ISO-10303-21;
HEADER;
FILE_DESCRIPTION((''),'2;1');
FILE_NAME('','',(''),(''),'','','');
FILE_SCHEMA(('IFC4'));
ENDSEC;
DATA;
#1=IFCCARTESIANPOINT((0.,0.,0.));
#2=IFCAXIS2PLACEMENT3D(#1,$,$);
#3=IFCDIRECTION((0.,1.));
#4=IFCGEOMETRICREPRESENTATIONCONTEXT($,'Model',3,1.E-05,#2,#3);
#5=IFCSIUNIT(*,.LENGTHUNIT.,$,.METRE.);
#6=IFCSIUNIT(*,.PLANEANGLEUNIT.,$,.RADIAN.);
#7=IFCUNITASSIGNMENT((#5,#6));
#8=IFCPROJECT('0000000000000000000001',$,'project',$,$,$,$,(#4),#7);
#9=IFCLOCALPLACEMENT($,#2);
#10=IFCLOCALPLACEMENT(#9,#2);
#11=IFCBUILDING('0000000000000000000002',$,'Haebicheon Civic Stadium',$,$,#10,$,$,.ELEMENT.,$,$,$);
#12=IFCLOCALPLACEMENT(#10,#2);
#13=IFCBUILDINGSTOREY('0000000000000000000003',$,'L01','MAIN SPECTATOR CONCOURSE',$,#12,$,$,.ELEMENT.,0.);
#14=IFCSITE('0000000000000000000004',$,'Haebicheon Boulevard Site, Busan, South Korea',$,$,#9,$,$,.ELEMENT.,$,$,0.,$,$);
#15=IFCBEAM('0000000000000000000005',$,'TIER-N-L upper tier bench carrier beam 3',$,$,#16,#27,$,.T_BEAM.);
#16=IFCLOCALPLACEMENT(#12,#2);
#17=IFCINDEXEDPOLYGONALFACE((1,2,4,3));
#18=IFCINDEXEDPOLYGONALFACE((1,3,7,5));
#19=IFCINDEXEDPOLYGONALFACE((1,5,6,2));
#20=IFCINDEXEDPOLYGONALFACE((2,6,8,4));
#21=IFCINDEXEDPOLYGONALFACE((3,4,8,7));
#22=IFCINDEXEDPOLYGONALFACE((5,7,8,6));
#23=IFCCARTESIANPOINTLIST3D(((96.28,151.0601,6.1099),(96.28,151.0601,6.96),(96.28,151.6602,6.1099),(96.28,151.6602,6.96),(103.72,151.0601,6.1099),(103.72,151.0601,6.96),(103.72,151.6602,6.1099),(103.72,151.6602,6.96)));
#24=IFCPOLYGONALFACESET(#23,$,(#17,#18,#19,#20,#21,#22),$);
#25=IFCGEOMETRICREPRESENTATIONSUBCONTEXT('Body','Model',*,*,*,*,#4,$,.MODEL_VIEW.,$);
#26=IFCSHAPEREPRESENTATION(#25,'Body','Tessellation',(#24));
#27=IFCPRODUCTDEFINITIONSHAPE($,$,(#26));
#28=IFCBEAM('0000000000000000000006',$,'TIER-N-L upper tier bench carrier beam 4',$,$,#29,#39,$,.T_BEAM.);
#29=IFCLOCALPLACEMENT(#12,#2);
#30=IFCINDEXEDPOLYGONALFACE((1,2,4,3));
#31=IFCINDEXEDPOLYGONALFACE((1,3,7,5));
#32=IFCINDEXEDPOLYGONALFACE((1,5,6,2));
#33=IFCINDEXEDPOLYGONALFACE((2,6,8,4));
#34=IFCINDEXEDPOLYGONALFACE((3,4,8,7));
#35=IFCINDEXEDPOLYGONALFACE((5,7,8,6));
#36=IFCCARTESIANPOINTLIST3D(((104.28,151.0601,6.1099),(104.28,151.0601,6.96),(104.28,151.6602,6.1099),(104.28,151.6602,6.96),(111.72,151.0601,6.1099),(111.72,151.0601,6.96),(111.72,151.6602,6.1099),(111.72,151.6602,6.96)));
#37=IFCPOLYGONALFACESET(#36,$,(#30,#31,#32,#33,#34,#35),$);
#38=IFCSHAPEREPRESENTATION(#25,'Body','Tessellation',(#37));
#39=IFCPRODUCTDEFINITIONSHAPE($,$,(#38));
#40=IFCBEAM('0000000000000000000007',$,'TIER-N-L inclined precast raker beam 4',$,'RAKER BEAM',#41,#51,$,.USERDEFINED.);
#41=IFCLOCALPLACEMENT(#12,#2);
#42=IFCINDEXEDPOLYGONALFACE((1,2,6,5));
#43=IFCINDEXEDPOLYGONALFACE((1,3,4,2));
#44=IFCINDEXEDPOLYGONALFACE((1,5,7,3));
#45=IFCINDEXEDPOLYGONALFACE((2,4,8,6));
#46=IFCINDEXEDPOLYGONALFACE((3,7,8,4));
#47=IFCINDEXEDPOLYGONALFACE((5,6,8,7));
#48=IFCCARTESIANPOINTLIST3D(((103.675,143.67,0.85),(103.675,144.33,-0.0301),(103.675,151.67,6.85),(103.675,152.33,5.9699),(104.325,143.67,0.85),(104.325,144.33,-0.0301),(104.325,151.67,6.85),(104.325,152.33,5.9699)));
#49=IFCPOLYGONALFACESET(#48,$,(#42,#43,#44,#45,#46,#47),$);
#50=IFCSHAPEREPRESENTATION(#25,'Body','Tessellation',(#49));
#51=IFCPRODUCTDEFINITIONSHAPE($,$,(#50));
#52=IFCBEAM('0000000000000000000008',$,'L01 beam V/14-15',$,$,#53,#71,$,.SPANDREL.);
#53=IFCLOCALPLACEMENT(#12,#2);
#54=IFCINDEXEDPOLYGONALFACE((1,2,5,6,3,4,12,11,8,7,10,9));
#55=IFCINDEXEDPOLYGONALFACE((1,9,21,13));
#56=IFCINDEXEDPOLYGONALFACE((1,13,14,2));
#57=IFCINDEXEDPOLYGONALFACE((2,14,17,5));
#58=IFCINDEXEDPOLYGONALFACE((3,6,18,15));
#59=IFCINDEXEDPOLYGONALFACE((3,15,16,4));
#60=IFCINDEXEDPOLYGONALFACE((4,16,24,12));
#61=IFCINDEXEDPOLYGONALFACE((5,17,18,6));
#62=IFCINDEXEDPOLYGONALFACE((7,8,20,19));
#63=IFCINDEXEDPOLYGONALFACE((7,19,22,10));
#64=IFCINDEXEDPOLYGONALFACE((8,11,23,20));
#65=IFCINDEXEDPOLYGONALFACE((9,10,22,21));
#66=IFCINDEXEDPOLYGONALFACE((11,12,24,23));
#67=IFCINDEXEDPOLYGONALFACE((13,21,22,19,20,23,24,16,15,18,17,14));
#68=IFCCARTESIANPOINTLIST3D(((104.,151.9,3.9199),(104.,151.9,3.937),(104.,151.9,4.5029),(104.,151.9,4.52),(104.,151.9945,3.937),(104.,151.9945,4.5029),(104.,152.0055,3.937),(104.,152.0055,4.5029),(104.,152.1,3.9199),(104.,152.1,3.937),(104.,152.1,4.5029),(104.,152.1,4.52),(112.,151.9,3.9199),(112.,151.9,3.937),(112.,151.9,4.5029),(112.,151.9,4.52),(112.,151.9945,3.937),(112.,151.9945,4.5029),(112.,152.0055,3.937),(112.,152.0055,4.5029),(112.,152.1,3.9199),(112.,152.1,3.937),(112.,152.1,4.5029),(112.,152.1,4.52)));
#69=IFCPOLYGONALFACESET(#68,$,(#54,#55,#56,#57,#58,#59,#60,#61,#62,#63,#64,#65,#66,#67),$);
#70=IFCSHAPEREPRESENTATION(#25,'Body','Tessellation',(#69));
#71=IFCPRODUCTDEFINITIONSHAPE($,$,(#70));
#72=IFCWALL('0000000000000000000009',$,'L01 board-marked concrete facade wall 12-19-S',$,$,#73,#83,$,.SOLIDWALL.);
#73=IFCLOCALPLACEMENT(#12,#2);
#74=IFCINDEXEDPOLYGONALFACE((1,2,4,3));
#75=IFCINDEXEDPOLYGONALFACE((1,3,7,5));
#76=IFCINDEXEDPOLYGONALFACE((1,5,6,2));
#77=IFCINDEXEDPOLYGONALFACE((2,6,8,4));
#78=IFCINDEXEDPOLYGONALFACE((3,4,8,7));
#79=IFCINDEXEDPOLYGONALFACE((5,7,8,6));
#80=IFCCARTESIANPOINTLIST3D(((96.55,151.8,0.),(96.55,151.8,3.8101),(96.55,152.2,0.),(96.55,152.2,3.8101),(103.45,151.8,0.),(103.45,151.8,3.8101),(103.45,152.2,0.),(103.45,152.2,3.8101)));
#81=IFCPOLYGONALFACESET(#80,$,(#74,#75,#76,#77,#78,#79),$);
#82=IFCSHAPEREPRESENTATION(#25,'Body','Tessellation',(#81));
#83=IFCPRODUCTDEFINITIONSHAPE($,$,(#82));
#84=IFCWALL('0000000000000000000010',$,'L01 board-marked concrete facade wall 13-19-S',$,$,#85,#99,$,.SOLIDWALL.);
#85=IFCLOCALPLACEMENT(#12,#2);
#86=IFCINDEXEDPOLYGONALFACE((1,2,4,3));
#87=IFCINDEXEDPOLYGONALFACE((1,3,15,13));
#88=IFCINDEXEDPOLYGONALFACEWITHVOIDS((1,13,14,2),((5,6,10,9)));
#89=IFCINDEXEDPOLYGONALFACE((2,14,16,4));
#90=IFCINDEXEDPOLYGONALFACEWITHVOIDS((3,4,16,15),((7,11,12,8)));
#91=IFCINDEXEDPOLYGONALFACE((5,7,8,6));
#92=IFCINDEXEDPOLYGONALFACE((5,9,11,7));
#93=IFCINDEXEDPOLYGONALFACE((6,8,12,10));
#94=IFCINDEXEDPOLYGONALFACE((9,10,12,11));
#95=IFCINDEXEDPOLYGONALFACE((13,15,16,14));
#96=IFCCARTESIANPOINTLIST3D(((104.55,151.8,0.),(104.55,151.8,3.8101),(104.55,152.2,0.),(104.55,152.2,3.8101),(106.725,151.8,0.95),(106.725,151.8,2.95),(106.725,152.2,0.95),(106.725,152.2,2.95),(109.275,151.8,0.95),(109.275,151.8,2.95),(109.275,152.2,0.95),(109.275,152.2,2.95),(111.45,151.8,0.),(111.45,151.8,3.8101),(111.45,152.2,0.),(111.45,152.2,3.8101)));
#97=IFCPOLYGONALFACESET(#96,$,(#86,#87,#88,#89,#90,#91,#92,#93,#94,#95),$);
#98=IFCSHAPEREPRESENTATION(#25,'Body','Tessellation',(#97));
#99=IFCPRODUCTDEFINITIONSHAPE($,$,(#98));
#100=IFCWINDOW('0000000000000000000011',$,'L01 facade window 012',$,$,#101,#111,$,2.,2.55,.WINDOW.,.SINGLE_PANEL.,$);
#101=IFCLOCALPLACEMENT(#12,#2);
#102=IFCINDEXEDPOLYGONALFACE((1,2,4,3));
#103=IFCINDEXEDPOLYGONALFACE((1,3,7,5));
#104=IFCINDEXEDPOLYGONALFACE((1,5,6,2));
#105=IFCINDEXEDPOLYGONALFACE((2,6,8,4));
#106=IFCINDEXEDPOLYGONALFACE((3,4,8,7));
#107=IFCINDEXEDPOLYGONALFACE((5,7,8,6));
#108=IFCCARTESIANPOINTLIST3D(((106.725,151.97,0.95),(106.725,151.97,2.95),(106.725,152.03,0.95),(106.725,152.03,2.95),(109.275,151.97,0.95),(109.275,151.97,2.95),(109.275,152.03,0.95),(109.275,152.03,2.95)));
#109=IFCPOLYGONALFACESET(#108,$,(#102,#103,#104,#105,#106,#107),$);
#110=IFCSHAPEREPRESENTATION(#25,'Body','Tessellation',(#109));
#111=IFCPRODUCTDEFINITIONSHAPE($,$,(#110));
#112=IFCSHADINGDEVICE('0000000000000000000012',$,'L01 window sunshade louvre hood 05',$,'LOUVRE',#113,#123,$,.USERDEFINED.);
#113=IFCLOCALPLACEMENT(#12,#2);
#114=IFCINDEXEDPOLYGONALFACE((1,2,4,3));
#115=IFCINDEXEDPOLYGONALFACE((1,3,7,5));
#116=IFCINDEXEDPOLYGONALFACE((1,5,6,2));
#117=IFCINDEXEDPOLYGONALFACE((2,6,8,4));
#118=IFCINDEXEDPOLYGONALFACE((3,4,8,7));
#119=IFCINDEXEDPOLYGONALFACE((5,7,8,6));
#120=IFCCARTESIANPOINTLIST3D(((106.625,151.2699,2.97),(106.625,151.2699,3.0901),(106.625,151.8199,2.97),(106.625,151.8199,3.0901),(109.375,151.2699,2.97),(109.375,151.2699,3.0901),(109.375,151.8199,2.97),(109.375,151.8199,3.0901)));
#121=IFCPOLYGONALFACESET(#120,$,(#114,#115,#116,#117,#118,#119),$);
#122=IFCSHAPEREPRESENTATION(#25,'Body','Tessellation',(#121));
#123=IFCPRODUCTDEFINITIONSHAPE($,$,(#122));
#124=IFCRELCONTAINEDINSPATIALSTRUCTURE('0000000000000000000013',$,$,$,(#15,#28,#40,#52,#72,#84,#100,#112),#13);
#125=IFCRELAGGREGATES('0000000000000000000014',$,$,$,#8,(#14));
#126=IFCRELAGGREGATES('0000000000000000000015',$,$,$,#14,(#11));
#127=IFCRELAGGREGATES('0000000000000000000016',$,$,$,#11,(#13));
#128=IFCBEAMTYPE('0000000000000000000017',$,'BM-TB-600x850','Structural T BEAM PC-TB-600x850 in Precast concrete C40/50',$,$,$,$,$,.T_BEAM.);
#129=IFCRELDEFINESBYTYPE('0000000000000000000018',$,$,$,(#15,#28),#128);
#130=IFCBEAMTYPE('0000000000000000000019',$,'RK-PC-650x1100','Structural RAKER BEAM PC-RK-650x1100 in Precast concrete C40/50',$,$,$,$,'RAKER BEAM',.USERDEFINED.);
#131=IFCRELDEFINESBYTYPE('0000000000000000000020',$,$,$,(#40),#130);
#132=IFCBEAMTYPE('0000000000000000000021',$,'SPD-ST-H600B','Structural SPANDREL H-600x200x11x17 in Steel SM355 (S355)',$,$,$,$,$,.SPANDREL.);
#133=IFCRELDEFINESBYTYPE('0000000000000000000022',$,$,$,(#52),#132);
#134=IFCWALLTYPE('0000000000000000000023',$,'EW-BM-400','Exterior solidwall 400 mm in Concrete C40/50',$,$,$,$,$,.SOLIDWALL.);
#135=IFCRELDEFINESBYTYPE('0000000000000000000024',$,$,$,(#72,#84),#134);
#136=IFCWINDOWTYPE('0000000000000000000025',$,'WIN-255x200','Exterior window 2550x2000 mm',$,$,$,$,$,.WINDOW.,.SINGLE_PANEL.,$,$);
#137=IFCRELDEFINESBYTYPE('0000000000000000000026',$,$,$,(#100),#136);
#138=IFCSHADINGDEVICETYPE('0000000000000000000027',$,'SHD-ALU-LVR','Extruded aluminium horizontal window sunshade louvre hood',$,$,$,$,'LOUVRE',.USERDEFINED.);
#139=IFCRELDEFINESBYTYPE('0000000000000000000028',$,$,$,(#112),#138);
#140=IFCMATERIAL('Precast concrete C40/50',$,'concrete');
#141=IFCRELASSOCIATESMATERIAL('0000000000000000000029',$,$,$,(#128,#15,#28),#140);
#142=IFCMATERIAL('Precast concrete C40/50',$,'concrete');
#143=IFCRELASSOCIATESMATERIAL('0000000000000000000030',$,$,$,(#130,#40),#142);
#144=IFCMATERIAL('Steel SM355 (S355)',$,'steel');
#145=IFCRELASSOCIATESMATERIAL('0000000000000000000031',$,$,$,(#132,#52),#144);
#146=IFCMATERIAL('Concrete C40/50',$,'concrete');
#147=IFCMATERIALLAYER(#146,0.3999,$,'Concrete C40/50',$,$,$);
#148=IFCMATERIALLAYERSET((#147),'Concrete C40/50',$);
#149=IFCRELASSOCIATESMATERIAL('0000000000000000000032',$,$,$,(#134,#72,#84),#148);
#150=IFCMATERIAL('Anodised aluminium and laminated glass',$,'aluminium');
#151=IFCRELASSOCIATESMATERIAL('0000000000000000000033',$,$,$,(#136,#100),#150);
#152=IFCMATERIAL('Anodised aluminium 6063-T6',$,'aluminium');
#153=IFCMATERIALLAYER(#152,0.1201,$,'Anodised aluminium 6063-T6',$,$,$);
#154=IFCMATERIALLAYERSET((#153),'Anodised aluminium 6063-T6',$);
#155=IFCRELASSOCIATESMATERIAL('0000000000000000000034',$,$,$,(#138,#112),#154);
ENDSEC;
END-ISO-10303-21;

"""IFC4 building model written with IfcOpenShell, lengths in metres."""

from ifc_helpers import new_model, si_unit, direction, frame, frame_2d, origin, origin_2d, place, context, subcontext, project, spatial, rectangle, i_section, extrude, material, layer, layer_set, material_profile, profile_set, type_object, element, fill, save


model = new_model("IFC4")

# Units and contexts
model_context = context("Model", 3, precision=1e-05, world=origin(), true_north=direction((0.0, 1.0)))
body_context = subcontext(model_context, "Body", "Model", "MODEL_VIEW")
ifc_project = project(units=[si_unit("LENGTHUNIT", "METRE"), si_unit("PLANEANGLEUNIT", "RADIAN")], contexts=[model_context])

# Site, building, storey
site_placement = place(None, origin())
site = spatial("IfcSite", under=ifc_project, at=site_placement, Name="Haebicheon Boulevard Site, Busan, South Korea", CompositionType="ELEMENT", RefElevation=0.0)
building_placement = place(site_placement, origin())
building = spatial("IfcBuilding", under=site, at=building_placement, Name="Haebicheon Civic Stadium", CompositionType="ELEMENT")
storey_placement = place(building_placement, origin())
storey = spatial("IfcBuildingStorey", under=building, at=storey_placement, Name="L01", Description="MAIN SPECTATOR CONCOURSE", CompositionType="ELEMENT", Elevation=0.0)

# Beams
ifc_material_1 = material(Name="Precast concrete C40/50", Category="concrete")
ifc_material_profile_1 = material_profile(ifc_material_1, rectangle(XDim=0.6001, YDim=0.8501, at=origin_2d()), Name="PC-TB-600x850")
ifc_profile_set_1 = profile_set([ifc_material_profile_1], Name="Precast concrete C40/50")
beam_type_1 = type_object("IfcBeamType", Name="BM-TB-600x850", Description="Structural T BEAM PC-TB-600x850 in Precast concrete C40/50", PredefinedType="T_BEAM", material=ifc_profile_set_1)
for number, where, z_axis, x_axis, name in (
    (1, (96.28, 151.3601, 6.5349), (1.0, 0.0, 0.0), (0.0, 1.0, 0.0), "TIER-N-L upper tier bench carrier beam 3"),
    (2, (104.28, 151.3601, 6.5349), (1.0, 0.0, 0.0), (0.0, 1.0, 0.0), "TIER-N-L upper tier bench carrier beam 4"),
):
    element("IfcBeam", number, at=place(storey_placement, frame(where, z_axis=z_axis, x_axis=x_axis)), inside=storey, type_object=beam_type_1, material=ifc_profile_set_1, Name=name, PredefinedType="T_BEAM", context=body_context, shape_type="SweptSolid", body=[
        extrude(rectangle(XDim=0.6001, YDim=0.8501, at=origin_2d()), origin(), (0.0, 0.0, 1.0), 7.4399),
    ])
ifc_material_2 = material(Name="Precast concrete C40/50", Category="concrete")
ifc_material_profile_2 = material_profile(ifc_material_2, rectangle(XDim=0.6499, YDim=1.1001, at=origin_2d()), Name="PC-RK-650x1100")
ifc_profile_set_2 = profile_set([ifc_material_profile_2], Name="Precast concrete C40/50")
beam_type_2 = type_object("IfcBeamType", Name="RK-PC-650x1100", Description="Structural RAKER BEAM PC-RK-650x1100 in Precast concrete C40/50", ElementType="RAKER BEAM", PredefinedType="USERDEFINED", material=ifc_profile_set_2)
beam_1_placement = place(storey_placement, frame((104.0, 144.0, 0.4099), z_axis=(0.0, 0.8, 0.6), x_axis=(-1.0, 0.0, 0.0)))
element("IfcBeam", 3, at=beam_1_placement, inside=storey, type_object=beam_type_2, material=ifc_profile_set_2, Name="TIER-N-L inclined precast raker beam 4", ObjectType="RAKER BEAM", PredefinedType="USERDEFINED", context=body_context, shape_type="SweptSolid", body=[
    extrude(rectangle(XDim=0.6499, YDim=1.1001, at=origin_2d()), origin(), (0.0, 0.0, 1.0), 10.0),
])
ifc_material_3 = material(Name="Steel SM355 (S355)", Category="steel")
ifc_material_profile_3 = material_profile(ifc_material_3, i_section(OverallWidth=0.2, OverallDepth=0.6001, WebThickness=0.011, FlangeThickness=0.0171, at=origin_2d()), Name="H-600x200x11x17")
ifc_profile_set_3 = profile_set([ifc_material_profile_3], Name="Steel SM355 (S355)")
beam_type_3 = type_object("IfcBeamType", Name="SPD-ST-H600B", Description="Structural SPANDREL H-600x200x11x17 in Steel SM355 (S355)", PredefinedType="SPANDREL", material=ifc_profile_set_3)
beam_2_placement = place(storey_placement, frame((104.0, 152.0, 4.22), z_axis=(1.0, 0.0, 0.0), x_axis=(0.0, 1.0, 0.0)))
element("IfcBeam", 4, at=beam_2_placement, inside=storey, type_object=beam_type_3, material=ifc_profile_set_3, Name="L01 beam V/14-15", PredefinedType="SPANDREL", context=body_context, shape_type="SweptSolid", body=[
    extrude(i_section(OverallWidth=0.2, OverallDepth=0.6001, WebThickness=0.011, FlangeThickness=0.0171, at=origin_2d()), origin(), (0.0, 0.0, 1.0), 8.0),
])

# Wall
ifc_material_4 = material(Name="Concrete C40/50", Category="concrete")
ifc_layer_1 = layer(ifc_material_4, 0.3999, Name="Concrete C40/50")
ifc_layer_set_1 = layer_set([ifc_layer_1], Name="Concrete C40/50")
wall_type = type_object("IfcWallType", Name="EW-BM-400", Description="Exterior solidwall 400 mm in Concrete C40/50", PredefinedType="SOLIDWALL", material=ifc_layer_set_1)
wall_1_placement = place(storey_placement, frame((96.55, 152.0, 0.0), z_axis=(0.0, 0.0, 1.0), x_axis=(1.0, 0.0, 0.0)))
element("IfcWall", 5, at=wall_1_placement, inside=storey, type_object=wall_type, material=ifc_layer_set_1, Name="L01 board-marked concrete facade wall 12-19-S", PredefinedType="SOLIDWALL", context=body_context, shape_type="SweptSolid", body=[
    extrude(rectangle(XDim=6.8999, YDim=0.3999, at=frame_2d((3.45, 0.0))), origin(), (0.0, 0.0, 1.0), 3.8101),
])

# Wall, opening, window
wall_2_placement = place(storey_placement, frame((104.55, 152.0, 0.0), z_axis=(0.0, 0.0, 1.0), x_axis=(1.0, 0.0, 0.0)))
wall_2 = element("IfcWall", 6, at=wall_2_placement, inside=storey, type_object=wall_type, material=ifc_layer_set_1, Name="L01 board-marked concrete facade wall 13-19-S", PredefinedType="SOLIDWALL", context=body_context, shape_type="SweptSolid", body=[
    extrude(rectangle(XDim=6.8999, YDim=0.3999, at=frame_2d((3.45, 0.0))), origin(), (0.0, 0.0, 1.0), 3.8101),
])
opening_placement = place(wall_2_placement, frame((2.175, 0.0, 0.95)))
opening = element("IfcOpeningElement", 7, at=opening_placement, cuts=wall_2, PredefinedType="OPENING", context=body_context, shape_type="SweptSolid", body=[
    extrude(rectangle(XDim=2.55, YDim=2.0, at=frame_2d((1.2749, 1.0))), frame((0.0, 0.21, 0.0), z_axis=(0.0, -1.0, 0.0), x_axis=(1.0, 0.0, 0.0)), (0.0, 0.0, 1.0), 0.4199),
])
ifc_material_5 = material(Name="Anodised aluminium and laminated glass", Category="aluminium")
window_type = type_object("IfcWindowType", Name="WIN-255x200", Description="Exterior window 2550x2000 mm", PartitioningType="SINGLE_PANEL", PredefinedType="WINDOW", material=ifc_material_5)
window_placement = place(opening_placement, origin())
window = element("IfcWindow", 8, at=window_placement, inside=storey, type_object=window_type, material=ifc_material_5, Name="L01 facade window 012", OverallHeight=2.0, OverallWidth=2.55, PartitioningType="SINGLE_PANEL", PredefinedType="WINDOW", context=body_context, shape_type="SweptSolid", body=[
    extrude(rectangle(XDim=2.55, YDim=2.0, at=frame_2d((1.2749, 1.0))), frame((0.0, 0.03, 0.0), z_axis=(0.0, -1.0, 0.0), x_axis=(1.0, 0.0, 0.0)), (0.0, 0.0, 1.0), 0.0601),
])
fill(opening, window)

# Shading device
ifc_material_6 = material(Name="Anodised aluminium 6063-T6", Category="aluminium")
ifc_layer_2 = layer(ifc_material_6, 0.1201, Name="Anodised aluminium 6063-T6")
ifc_layer_set_2 = layer_set([ifc_layer_2], Name="Anodised aluminium 6063-T6")
shading_device_type = type_object("IfcShadingDeviceType", Name="SHD-ALU-LVR", Description="Extruded aluminium horizontal window sunshade louvre hood", ElementType="LOUVRE", PredefinedType="USERDEFINED", material=ifc_layer_set_2)
shading_device_placement = place(storey_placement, frame((108.0, 151.5449, 2.97), z_axis=(0.0, 0.0, 1.0), x_axis=(1.0, 0.0, 0.0)))
element("IfcShadingDevice", 9, at=shading_device_placement, inside=storey, type_object=shading_device_type, material=ifc_layer_set_2, Name="L01 window sunshade louvre hood 05", ObjectType="LOUVRE", PredefinedType="USERDEFINED", context=body_context, shape_type="SweptSolid", body=[
    extrude(rectangle(XDim=2.75, YDim=0.55, at=origin_2d()), origin(), (0.0, 0.0, 1.0), 0.1201),
])

save(model, "model.ifc")
